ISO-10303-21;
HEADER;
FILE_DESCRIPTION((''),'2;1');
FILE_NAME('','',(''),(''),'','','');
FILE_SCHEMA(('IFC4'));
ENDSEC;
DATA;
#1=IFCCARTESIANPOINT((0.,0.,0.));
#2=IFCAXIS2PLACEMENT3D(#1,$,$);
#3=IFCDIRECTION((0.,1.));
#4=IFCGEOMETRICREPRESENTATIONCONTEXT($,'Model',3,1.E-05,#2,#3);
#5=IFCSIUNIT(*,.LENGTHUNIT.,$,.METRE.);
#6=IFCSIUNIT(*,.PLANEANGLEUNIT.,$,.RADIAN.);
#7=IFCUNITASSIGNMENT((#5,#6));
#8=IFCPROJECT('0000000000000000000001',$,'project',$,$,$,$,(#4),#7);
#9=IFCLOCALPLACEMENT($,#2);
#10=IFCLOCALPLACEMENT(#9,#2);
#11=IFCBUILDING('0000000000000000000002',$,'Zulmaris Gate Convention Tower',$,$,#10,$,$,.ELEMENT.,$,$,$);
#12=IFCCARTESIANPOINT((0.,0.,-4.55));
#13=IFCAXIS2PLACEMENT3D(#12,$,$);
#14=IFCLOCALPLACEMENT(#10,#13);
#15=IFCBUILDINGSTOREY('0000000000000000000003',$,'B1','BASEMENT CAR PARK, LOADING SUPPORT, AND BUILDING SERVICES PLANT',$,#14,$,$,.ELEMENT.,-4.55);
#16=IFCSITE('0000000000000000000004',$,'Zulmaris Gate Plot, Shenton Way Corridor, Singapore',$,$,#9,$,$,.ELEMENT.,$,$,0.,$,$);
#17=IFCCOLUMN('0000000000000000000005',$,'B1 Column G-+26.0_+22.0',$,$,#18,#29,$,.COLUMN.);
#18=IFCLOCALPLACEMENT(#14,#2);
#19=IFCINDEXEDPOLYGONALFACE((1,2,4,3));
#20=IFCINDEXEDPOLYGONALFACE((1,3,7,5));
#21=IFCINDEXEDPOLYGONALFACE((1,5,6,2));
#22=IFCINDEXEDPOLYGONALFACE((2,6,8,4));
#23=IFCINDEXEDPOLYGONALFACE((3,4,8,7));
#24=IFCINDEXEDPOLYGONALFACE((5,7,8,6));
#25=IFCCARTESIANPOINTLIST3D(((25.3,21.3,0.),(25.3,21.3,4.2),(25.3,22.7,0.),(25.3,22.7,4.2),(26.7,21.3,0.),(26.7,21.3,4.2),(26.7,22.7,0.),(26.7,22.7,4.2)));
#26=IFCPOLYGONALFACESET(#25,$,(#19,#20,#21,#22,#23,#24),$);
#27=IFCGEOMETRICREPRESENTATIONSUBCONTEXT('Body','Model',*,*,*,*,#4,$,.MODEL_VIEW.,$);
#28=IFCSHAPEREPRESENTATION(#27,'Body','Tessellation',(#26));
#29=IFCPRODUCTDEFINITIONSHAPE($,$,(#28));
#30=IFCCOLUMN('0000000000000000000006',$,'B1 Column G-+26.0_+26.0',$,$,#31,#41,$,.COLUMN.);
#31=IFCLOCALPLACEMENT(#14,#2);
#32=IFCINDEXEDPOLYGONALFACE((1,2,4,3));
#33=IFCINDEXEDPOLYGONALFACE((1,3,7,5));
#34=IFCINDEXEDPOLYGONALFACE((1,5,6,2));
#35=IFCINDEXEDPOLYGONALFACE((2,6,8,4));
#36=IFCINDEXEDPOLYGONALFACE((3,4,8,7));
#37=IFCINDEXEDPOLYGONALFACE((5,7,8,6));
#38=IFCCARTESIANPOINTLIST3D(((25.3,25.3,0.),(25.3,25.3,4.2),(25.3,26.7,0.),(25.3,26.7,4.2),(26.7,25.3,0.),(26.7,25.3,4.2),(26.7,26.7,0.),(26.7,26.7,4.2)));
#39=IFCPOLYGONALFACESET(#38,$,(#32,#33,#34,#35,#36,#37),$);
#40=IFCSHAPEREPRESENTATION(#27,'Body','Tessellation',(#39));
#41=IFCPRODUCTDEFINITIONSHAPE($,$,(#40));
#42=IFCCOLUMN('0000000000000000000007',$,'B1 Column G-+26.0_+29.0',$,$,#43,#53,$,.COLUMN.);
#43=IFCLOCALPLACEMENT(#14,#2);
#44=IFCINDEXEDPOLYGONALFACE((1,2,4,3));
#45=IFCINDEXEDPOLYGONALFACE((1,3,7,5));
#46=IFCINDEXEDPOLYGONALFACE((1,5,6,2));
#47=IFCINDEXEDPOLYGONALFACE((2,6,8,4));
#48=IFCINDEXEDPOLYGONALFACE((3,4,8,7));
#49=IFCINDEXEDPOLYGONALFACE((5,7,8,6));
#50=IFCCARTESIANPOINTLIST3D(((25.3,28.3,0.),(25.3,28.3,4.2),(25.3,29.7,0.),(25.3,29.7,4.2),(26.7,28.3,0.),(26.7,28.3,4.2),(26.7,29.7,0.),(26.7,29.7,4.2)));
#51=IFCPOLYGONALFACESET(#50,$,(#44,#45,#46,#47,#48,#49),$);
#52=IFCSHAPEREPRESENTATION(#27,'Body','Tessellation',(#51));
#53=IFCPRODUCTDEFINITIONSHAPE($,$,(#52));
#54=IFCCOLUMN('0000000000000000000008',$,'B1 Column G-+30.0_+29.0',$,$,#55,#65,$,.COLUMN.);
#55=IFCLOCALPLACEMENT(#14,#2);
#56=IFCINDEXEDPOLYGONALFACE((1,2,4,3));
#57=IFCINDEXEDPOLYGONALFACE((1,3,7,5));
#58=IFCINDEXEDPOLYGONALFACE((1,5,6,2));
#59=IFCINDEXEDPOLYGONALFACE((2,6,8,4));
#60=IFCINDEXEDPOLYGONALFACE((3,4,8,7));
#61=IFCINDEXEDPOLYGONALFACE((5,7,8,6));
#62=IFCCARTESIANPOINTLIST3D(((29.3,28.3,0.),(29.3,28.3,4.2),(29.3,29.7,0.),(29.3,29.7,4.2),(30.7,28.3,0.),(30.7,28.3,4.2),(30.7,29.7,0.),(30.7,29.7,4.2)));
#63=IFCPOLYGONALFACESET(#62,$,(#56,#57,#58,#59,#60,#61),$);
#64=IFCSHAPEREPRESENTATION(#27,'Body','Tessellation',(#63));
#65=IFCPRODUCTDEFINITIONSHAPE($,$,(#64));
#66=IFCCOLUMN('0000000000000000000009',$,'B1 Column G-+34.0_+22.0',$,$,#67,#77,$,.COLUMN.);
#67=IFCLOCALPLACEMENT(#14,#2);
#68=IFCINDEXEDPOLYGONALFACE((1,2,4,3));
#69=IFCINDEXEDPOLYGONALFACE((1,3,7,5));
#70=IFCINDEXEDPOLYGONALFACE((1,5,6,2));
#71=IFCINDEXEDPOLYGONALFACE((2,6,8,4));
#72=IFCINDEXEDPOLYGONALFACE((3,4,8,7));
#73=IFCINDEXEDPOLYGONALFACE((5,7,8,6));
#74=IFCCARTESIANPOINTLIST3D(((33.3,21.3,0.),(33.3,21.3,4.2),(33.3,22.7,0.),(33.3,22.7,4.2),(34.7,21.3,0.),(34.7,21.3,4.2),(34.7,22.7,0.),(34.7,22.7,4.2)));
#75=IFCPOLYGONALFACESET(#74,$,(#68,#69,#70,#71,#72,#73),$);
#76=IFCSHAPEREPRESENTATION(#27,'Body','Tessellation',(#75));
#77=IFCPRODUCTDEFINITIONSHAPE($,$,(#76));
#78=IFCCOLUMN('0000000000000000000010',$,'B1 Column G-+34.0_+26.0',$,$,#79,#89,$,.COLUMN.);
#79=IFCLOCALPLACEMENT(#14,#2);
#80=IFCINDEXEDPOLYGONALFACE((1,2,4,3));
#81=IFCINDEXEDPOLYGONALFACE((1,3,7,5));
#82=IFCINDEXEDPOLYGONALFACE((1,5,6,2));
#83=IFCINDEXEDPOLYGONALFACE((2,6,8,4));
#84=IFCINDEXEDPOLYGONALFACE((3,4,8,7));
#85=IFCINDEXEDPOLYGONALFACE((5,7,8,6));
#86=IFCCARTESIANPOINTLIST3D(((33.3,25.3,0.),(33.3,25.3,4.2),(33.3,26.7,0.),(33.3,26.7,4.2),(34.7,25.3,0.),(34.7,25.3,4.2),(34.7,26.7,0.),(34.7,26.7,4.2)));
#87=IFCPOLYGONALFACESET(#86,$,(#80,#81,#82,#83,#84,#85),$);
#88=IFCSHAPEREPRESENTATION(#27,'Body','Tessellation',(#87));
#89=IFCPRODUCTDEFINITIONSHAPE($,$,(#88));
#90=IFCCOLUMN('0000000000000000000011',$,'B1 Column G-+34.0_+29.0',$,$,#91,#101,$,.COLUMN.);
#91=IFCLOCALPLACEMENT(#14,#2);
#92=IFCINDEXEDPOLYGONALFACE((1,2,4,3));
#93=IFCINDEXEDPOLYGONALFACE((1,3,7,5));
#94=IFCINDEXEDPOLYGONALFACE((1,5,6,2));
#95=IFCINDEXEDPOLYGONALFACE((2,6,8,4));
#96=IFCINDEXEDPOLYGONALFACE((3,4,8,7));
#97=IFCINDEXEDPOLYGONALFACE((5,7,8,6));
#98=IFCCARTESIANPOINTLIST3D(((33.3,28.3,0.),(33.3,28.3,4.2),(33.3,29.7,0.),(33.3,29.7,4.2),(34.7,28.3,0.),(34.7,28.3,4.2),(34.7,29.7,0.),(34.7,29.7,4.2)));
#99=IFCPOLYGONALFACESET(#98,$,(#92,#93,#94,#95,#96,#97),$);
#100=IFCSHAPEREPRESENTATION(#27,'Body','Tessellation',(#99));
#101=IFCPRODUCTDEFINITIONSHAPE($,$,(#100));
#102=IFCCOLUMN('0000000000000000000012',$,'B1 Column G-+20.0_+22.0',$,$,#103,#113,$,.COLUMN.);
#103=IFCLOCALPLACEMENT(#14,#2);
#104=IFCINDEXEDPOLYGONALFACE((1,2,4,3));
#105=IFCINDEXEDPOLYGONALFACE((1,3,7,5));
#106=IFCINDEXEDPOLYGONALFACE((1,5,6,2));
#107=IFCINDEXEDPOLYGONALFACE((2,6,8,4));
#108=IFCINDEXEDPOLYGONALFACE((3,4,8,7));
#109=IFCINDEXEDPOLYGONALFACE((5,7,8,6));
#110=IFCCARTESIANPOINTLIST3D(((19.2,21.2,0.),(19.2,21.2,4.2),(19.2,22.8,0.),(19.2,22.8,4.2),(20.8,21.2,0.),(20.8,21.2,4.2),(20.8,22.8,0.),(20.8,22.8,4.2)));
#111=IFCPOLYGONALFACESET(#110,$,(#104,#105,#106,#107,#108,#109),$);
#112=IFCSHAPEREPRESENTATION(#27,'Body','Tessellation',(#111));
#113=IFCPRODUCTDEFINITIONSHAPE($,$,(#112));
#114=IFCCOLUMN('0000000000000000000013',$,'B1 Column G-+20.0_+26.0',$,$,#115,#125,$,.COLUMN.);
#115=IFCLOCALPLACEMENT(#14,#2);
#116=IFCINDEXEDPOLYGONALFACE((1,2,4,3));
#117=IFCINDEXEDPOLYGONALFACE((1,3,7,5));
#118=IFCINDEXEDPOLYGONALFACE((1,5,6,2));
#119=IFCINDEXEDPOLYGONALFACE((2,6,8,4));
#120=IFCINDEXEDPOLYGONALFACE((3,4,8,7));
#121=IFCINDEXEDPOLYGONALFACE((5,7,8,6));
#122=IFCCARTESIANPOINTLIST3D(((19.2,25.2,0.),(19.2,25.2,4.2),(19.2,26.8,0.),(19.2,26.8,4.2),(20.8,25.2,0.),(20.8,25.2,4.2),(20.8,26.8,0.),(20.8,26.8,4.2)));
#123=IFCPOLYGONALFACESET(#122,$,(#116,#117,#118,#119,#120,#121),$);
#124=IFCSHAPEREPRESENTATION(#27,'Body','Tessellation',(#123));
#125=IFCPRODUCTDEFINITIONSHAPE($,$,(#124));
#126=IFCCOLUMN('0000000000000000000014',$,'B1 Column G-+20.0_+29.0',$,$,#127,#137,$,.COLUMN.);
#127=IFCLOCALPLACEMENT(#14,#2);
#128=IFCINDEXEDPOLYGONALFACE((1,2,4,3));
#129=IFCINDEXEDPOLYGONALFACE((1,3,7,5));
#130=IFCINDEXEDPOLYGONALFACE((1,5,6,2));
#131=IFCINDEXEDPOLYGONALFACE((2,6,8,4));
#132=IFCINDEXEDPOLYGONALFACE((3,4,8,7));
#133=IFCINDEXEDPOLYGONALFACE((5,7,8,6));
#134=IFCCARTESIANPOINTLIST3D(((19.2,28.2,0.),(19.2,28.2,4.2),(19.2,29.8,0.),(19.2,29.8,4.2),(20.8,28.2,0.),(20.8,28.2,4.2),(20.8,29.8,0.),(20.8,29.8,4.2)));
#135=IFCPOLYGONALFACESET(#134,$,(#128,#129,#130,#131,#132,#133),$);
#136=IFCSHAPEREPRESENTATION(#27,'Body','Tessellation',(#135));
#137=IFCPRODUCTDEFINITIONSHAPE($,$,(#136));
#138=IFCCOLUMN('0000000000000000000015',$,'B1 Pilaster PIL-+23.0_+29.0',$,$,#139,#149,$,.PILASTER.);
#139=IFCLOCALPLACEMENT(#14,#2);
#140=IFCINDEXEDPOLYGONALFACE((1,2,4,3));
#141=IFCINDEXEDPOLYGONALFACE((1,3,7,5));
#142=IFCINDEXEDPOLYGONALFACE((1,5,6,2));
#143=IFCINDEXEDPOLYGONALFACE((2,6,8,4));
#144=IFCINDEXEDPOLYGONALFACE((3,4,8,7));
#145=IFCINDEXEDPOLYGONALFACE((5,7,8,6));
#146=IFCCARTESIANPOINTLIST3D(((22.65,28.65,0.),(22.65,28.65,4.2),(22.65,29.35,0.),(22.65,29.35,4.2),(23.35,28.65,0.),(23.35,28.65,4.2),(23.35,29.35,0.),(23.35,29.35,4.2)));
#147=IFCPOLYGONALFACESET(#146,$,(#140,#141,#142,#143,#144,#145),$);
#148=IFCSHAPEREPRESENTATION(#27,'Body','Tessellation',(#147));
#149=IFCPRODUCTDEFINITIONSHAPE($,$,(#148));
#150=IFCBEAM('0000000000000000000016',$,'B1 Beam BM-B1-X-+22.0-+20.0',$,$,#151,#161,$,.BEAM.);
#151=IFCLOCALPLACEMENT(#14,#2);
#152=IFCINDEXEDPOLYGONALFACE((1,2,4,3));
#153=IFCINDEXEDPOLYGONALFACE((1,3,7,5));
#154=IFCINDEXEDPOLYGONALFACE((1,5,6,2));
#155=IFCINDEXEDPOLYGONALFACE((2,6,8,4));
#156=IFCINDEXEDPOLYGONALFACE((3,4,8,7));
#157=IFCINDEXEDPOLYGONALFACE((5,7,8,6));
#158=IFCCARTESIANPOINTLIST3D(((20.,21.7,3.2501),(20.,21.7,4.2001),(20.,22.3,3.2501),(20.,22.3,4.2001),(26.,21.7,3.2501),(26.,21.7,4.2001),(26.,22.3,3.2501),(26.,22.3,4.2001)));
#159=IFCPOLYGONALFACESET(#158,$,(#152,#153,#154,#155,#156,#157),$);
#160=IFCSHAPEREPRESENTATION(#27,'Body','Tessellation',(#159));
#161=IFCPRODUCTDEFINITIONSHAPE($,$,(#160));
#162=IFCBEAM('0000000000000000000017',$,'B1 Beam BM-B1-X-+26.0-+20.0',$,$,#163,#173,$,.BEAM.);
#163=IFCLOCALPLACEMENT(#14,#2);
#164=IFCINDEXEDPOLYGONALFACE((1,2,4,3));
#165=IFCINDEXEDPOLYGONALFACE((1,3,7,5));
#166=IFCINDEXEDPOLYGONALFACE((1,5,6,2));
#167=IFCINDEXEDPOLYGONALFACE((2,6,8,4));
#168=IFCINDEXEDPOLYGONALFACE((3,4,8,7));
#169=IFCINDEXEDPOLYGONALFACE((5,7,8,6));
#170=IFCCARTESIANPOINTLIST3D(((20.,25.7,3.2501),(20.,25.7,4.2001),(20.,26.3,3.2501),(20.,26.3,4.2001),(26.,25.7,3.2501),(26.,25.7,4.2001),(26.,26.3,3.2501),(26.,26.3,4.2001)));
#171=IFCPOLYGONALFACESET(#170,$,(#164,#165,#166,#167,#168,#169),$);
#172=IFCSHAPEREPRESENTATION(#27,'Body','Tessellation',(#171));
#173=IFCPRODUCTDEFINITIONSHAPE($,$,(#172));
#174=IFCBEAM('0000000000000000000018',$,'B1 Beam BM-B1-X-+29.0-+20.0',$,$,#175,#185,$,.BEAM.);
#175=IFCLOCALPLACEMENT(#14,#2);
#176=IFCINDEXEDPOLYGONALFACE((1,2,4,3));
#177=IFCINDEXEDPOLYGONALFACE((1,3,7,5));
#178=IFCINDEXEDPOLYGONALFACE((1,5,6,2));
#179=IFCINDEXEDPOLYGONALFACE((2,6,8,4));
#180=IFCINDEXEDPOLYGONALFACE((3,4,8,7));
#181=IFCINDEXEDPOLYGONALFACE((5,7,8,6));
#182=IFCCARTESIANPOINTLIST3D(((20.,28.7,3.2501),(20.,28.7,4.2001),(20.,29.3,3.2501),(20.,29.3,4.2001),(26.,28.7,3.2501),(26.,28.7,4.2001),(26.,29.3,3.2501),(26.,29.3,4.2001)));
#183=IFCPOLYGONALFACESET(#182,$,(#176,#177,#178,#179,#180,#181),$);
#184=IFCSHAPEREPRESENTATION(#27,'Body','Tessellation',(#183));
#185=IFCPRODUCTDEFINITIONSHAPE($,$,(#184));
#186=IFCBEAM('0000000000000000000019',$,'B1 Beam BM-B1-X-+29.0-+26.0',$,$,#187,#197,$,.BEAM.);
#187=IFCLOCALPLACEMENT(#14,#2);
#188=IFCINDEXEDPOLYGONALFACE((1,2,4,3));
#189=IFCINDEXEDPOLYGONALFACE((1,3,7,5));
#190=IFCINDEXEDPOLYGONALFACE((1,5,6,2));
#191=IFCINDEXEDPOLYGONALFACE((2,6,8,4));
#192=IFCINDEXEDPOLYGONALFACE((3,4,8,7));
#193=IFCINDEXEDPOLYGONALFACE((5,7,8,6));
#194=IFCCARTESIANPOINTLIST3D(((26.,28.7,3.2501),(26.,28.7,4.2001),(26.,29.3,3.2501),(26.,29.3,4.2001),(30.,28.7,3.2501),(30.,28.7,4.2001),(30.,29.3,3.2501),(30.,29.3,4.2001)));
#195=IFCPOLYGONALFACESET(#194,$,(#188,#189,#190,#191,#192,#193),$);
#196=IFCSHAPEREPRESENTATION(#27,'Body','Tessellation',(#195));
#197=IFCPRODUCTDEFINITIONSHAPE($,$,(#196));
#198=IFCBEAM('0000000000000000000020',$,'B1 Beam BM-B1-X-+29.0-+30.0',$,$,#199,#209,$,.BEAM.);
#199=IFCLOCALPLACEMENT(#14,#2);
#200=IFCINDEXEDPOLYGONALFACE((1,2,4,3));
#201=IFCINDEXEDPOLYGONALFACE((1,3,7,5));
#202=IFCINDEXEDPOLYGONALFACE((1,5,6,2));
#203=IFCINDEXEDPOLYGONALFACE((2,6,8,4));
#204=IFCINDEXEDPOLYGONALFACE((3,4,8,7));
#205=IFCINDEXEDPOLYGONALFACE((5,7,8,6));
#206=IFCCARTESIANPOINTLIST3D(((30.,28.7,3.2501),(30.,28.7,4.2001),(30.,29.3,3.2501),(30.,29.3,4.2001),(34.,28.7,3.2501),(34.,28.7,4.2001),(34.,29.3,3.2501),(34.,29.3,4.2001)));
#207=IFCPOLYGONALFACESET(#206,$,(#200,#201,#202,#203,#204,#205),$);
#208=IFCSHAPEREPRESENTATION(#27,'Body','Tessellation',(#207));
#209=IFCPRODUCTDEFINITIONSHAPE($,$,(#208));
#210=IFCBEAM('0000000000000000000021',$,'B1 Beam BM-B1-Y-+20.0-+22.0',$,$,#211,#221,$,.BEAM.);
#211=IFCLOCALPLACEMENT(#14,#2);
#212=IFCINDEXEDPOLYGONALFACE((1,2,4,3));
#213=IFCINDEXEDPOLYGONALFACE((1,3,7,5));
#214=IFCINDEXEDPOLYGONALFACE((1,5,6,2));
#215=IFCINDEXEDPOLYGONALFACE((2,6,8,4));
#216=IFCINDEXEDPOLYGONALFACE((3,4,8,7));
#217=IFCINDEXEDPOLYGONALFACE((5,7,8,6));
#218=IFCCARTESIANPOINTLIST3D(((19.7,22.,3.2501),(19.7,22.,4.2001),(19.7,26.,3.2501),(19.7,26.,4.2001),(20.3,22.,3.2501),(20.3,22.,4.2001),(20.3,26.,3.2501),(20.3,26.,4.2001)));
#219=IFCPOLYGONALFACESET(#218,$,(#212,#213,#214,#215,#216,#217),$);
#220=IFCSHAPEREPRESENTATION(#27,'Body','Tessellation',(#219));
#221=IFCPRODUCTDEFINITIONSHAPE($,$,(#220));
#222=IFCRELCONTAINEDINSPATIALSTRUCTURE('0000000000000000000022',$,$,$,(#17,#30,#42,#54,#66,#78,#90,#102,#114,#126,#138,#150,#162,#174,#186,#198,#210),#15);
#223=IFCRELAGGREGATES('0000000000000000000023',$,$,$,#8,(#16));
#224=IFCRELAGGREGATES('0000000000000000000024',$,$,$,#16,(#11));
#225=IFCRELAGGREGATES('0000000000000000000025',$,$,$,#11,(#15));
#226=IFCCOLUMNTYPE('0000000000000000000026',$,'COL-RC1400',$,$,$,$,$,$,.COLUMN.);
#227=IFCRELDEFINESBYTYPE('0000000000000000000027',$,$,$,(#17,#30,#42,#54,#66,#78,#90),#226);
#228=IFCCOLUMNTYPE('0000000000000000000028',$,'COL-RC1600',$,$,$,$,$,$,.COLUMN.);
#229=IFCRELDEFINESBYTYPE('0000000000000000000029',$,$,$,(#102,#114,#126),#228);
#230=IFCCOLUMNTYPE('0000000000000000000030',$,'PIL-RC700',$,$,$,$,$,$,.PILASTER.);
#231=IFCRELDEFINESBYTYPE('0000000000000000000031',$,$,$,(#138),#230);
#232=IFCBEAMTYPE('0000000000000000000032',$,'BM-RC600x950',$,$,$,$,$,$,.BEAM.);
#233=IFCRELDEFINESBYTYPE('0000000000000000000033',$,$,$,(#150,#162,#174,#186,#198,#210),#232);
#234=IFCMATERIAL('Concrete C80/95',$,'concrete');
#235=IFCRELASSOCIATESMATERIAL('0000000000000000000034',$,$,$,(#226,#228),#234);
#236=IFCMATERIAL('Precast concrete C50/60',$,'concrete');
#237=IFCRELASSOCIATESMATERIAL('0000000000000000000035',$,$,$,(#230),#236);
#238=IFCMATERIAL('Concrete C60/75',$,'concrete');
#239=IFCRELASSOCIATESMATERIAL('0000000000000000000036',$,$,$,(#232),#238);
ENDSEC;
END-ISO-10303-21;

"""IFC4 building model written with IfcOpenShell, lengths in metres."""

from ifc_helpers import new_model, si_unit, direction, frame, origin, origin_2d, place, context, subcontext, project, spatial, rectangle, extrude, material, material_profile, profile_set, type_object, element, save


model = new_model("IFC4")

# Units and contexts
model_context = context("Model", 3, precision=1e-05, world=origin(), true_north=direction((0.0, 1.0)))
body_context = subcontext(model_context, "Body", "Model", "MODEL_VIEW")
ifc_project = project(units=[si_unit("LENGTHUNIT", "METRE"), si_unit("PLANEANGLEUNIT", "RADIAN")], contexts=[model_context])

# Site, building, storey
site_placement = place(None, origin())
site = spatial("IfcSite", under=ifc_project, at=site_placement, Name="Zulmaris Gate Plot, Shenton Way Corridor, Singapore", CompositionType="ELEMENT", RefElevation=0.0)
building_placement = place(site_placement, origin())
building = spatial("IfcBuilding", under=site, at=building_placement, Name="Zulmaris Gate Convention Tower", CompositionType="ELEMENT")
storey_placement = place(building_placement, frame((0.0, 0.0, -4.55)))
storey = spatial("IfcBuildingStorey", under=building, at=storey_placement, Name="B1", Description="BASEMENT CAR PARK, LOADING SUPPORT, AND BUILDING SERVICES PLANT", CompositionType="ELEMENT", Elevation=-4.55)

# Columns
ifc_material_1 = material(Name="Concrete C80/95", Category="concrete")
ifc_material_profile_1 = material_profile(ifc_material_1, rectangle(XDim=1.3999, YDim=1.3999, at=origin_2d()), Name="RC COL 1400x1400")
ifc_profile_set_1 = profile_set([ifc_material_profile_1], Name="Concrete C80/95")
column_type_1 = type_object("IfcColumnType", Name="COL-RC1400", PredefinedType="COLUMN", material=ifc_profile_set_1)
for number, where, z_axis, x_axis, name in (
    (1, (26.0, 22.0, 0.0), (0.0, 0.0, 1.0), (1.0, 0.0, 0.0), "B1 Column G-+26.0_+22.0"),
    (2, (26.0, 26.0, 0.0), (0.0, 0.0, 1.0), (1.0, 0.0, 0.0), "B1 Column G-+26.0_+26.0"),
    (3, (26.0, 29.0, 0.0), (0.0, 0.0, 1.0), (1.0, 0.0, 0.0), "B1 Column G-+26.0_+29.0"),
    (4, (30.0, 29.0, 0.0), (0.0, 0.0, 1.0), (1.0, 0.0, 0.0), "B1 Column G-+30.0_+29.0"),
    (5, (34.0, 22.0, 0.0), (0.0, 0.0, 1.0), (1.0, 0.0, 0.0), "B1 Column G-+34.0_+22.0"),
    (6, (34.0, 26.0, 0.0), (0.0, 0.0, 1.0), (1.0, 0.0, 0.0), "B1 Column G-+34.0_+26.0"),
    (7, (34.0, 29.0, 0.0), (0.0, 0.0, 1.0), (1.0, 0.0, 0.0), "B1 Column G-+34.0_+29.0"),
):
    element("IfcColumn", number, at=place(storey_placement, frame(where, z_axis=z_axis, x_axis=x_axis)), inside=storey, type_object=column_type_1, Name=name, PredefinedType="COLUMN", context=body_context, shape_type="SweptSolid", body=[
        extrude(rectangle(XDim=1.3999, YDim=1.3999, at=origin_2d()), origin(), (0.0, 0.0, 1.0), 4.2),
    ])
ifc_material_profile_2 = material_profile(ifc_material_1, rectangle(XDim=1.6001, YDim=1.6001, at=origin_2d()), Name="RC COL 1600x1600")
ifc_profile_set_2 = profile_set([ifc_material_profile_2], Name="Concrete C80/95")
column_type_2 = type_object("IfcColumnType", Name="COL-RC1600", PredefinedType="COLUMN", material=ifc_profile_set_2)
for number, where, z_axis, x_axis, name in (
    (8, (20.0, 22.0, 0.0), (0.0, 0.0, 1.0), (1.0, 0.0, 0.0), "B1 Column G-+20.0_+22.0"),
    (9, (20.0, 26.0, 0.0), (0.0, 0.0, 1.0), (1.0, 0.0, 0.0), "B1 Column G-+20.0_+26.0"),
    (10, (20.0, 29.0, 0.0), (0.0, 0.0, 1.0), (1.0, 0.0, 0.0), "B1 Column G-+20.0_+29.0"),
):
    element("IfcColumn", number, at=place(storey_placement, frame(where, z_axis=z_axis, x_axis=x_axis)), inside=storey, type_object=column_type_2, Name=name, PredefinedType="COLUMN", context=body_context, shape_type="SweptSolid", body=[
        extrude(rectangle(XDim=1.6001, YDim=1.6001, at=origin_2d()), origin(), (0.0, 0.0, 1.0), 4.2),
    ])
ifc_material_2 = material(Name="Precast concrete C50/60", Category="concrete")
ifc_material_profile_3 = material_profile(ifc_material_2, rectangle(XDim=0.7, YDim=0.7, at=origin_2d()), Name="RC COL 700x700")
ifc_profile_set_3 = profile_set([ifc_material_profile_3], Name="Precast concrete C50/60")
column_type_3 = type_object("IfcColumnType", Name="PIL-RC700", PredefinedType="PILASTER", material=ifc_profile_set_3)
column_placement = place(storey_placement, frame((23.0, 29.0, 0.0), z_axis=(0.0, 0.0, 1.0), x_axis=(1.0, 0.0, 0.0)))
element("IfcColumn", 11, at=column_placement, inside=storey, type_object=column_type_3, Name="B1 Pilaster PIL-+23.0_+29.0", PredefinedType="PILASTER", context=body_context, shape_type="SweptSolid", body=[
    extrude(rectangle(XDim=0.7, YDim=0.7, at=origin_2d()), origin(), (0.0, 0.0, 1.0), 4.2),
])

# Beams
ifc_material_3 = material(Name="Concrete C60/75", Category="concrete")
ifc_material_profile_4 = material_profile(ifc_material_3, rectangle(XDim=0.6001, YDim=0.95, at=origin_2d()), Name="RC BEAM 600x950")
ifc_profile_set_4 = profile_set([ifc_material_profile_4], Name="Concrete C60/75")
beam_type = type_object("IfcBeamType", Name="BM-RC600x950", PredefinedType="BEAM", material=ifc_profile_set_4)
for number, where, z_axis, x_axis, name in (
    (12, (20.0, 22.0, 3.7251), (1.0, 0.0, 0.0), (0.0, 1.0, 0.0), "B1 Beam BM-B1-X-+22.0-+20.0"),
    (13, (20.0, 26.0, 3.7251), (1.0, 0.0, 0.0), (0.0, 1.0, 0.0), "B1 Beam BM-B1-X-+26.0-+20.0"),
    (14, (20.0, 29.0, 3.7251), (1.0, 0.0, 0.0), (0.0, 1.0, 0.0), "B1 Beam BM-B1-X-+29.0-+20.0"),
):
    element("IfcBeam", number, at=place(storey_placement, frame(where, z_axis=z_axis, x_axis=x_axis)), inside=storey, type_object=beam_type, Name=name, PredefinedType="BEAM", context=body_context, shape_type="SweptSolid", body=[
        extrude(rectangle(XDim=0.6001, YDim=0.95, at=origin_2d()), origin(), (0.0, 0.0, 1.0), 6.0),
    ])
for number, where, z_axis, x_axis, name in (
    (15, (26.0, 29.0, 3.7251), (1.0, 0.0, 0.0), (0.0, 1.0, 0.0), "B1 Beam BM-B1-X-+29.0-+26.0"),
    (16, (30.0, 29.0, 3.7251), (1.0, 0.0, 0.0), (0.0, 1.0, 0.0), "B1 Beam BM-B1-X-+29.0-+30.0"),
    (17, (20.0, 22.0, 3.7251), (0.0, 1.0, 0.0), (-1.0, 0.0, 0.0), "B1 Beam BM-B1-Y-+20.0-+22.0"),
):
    element("IfcBeam", number, at=place(storey_placement, frame(where, z_axis=z_axis, x_axis=x_axis)), inside=storey, type_object=beam_type, Name=name, PredefinedType="BEAM", context=body_context, shape_type="SweptSolid", body=[
        extrude(rectangle(XDim=0.6001, YDim=0.95, at=origin_2d()), origin(), (0.0, 0.0, 1.0), 4.0),
    ])

save(model, "model.ifc")
